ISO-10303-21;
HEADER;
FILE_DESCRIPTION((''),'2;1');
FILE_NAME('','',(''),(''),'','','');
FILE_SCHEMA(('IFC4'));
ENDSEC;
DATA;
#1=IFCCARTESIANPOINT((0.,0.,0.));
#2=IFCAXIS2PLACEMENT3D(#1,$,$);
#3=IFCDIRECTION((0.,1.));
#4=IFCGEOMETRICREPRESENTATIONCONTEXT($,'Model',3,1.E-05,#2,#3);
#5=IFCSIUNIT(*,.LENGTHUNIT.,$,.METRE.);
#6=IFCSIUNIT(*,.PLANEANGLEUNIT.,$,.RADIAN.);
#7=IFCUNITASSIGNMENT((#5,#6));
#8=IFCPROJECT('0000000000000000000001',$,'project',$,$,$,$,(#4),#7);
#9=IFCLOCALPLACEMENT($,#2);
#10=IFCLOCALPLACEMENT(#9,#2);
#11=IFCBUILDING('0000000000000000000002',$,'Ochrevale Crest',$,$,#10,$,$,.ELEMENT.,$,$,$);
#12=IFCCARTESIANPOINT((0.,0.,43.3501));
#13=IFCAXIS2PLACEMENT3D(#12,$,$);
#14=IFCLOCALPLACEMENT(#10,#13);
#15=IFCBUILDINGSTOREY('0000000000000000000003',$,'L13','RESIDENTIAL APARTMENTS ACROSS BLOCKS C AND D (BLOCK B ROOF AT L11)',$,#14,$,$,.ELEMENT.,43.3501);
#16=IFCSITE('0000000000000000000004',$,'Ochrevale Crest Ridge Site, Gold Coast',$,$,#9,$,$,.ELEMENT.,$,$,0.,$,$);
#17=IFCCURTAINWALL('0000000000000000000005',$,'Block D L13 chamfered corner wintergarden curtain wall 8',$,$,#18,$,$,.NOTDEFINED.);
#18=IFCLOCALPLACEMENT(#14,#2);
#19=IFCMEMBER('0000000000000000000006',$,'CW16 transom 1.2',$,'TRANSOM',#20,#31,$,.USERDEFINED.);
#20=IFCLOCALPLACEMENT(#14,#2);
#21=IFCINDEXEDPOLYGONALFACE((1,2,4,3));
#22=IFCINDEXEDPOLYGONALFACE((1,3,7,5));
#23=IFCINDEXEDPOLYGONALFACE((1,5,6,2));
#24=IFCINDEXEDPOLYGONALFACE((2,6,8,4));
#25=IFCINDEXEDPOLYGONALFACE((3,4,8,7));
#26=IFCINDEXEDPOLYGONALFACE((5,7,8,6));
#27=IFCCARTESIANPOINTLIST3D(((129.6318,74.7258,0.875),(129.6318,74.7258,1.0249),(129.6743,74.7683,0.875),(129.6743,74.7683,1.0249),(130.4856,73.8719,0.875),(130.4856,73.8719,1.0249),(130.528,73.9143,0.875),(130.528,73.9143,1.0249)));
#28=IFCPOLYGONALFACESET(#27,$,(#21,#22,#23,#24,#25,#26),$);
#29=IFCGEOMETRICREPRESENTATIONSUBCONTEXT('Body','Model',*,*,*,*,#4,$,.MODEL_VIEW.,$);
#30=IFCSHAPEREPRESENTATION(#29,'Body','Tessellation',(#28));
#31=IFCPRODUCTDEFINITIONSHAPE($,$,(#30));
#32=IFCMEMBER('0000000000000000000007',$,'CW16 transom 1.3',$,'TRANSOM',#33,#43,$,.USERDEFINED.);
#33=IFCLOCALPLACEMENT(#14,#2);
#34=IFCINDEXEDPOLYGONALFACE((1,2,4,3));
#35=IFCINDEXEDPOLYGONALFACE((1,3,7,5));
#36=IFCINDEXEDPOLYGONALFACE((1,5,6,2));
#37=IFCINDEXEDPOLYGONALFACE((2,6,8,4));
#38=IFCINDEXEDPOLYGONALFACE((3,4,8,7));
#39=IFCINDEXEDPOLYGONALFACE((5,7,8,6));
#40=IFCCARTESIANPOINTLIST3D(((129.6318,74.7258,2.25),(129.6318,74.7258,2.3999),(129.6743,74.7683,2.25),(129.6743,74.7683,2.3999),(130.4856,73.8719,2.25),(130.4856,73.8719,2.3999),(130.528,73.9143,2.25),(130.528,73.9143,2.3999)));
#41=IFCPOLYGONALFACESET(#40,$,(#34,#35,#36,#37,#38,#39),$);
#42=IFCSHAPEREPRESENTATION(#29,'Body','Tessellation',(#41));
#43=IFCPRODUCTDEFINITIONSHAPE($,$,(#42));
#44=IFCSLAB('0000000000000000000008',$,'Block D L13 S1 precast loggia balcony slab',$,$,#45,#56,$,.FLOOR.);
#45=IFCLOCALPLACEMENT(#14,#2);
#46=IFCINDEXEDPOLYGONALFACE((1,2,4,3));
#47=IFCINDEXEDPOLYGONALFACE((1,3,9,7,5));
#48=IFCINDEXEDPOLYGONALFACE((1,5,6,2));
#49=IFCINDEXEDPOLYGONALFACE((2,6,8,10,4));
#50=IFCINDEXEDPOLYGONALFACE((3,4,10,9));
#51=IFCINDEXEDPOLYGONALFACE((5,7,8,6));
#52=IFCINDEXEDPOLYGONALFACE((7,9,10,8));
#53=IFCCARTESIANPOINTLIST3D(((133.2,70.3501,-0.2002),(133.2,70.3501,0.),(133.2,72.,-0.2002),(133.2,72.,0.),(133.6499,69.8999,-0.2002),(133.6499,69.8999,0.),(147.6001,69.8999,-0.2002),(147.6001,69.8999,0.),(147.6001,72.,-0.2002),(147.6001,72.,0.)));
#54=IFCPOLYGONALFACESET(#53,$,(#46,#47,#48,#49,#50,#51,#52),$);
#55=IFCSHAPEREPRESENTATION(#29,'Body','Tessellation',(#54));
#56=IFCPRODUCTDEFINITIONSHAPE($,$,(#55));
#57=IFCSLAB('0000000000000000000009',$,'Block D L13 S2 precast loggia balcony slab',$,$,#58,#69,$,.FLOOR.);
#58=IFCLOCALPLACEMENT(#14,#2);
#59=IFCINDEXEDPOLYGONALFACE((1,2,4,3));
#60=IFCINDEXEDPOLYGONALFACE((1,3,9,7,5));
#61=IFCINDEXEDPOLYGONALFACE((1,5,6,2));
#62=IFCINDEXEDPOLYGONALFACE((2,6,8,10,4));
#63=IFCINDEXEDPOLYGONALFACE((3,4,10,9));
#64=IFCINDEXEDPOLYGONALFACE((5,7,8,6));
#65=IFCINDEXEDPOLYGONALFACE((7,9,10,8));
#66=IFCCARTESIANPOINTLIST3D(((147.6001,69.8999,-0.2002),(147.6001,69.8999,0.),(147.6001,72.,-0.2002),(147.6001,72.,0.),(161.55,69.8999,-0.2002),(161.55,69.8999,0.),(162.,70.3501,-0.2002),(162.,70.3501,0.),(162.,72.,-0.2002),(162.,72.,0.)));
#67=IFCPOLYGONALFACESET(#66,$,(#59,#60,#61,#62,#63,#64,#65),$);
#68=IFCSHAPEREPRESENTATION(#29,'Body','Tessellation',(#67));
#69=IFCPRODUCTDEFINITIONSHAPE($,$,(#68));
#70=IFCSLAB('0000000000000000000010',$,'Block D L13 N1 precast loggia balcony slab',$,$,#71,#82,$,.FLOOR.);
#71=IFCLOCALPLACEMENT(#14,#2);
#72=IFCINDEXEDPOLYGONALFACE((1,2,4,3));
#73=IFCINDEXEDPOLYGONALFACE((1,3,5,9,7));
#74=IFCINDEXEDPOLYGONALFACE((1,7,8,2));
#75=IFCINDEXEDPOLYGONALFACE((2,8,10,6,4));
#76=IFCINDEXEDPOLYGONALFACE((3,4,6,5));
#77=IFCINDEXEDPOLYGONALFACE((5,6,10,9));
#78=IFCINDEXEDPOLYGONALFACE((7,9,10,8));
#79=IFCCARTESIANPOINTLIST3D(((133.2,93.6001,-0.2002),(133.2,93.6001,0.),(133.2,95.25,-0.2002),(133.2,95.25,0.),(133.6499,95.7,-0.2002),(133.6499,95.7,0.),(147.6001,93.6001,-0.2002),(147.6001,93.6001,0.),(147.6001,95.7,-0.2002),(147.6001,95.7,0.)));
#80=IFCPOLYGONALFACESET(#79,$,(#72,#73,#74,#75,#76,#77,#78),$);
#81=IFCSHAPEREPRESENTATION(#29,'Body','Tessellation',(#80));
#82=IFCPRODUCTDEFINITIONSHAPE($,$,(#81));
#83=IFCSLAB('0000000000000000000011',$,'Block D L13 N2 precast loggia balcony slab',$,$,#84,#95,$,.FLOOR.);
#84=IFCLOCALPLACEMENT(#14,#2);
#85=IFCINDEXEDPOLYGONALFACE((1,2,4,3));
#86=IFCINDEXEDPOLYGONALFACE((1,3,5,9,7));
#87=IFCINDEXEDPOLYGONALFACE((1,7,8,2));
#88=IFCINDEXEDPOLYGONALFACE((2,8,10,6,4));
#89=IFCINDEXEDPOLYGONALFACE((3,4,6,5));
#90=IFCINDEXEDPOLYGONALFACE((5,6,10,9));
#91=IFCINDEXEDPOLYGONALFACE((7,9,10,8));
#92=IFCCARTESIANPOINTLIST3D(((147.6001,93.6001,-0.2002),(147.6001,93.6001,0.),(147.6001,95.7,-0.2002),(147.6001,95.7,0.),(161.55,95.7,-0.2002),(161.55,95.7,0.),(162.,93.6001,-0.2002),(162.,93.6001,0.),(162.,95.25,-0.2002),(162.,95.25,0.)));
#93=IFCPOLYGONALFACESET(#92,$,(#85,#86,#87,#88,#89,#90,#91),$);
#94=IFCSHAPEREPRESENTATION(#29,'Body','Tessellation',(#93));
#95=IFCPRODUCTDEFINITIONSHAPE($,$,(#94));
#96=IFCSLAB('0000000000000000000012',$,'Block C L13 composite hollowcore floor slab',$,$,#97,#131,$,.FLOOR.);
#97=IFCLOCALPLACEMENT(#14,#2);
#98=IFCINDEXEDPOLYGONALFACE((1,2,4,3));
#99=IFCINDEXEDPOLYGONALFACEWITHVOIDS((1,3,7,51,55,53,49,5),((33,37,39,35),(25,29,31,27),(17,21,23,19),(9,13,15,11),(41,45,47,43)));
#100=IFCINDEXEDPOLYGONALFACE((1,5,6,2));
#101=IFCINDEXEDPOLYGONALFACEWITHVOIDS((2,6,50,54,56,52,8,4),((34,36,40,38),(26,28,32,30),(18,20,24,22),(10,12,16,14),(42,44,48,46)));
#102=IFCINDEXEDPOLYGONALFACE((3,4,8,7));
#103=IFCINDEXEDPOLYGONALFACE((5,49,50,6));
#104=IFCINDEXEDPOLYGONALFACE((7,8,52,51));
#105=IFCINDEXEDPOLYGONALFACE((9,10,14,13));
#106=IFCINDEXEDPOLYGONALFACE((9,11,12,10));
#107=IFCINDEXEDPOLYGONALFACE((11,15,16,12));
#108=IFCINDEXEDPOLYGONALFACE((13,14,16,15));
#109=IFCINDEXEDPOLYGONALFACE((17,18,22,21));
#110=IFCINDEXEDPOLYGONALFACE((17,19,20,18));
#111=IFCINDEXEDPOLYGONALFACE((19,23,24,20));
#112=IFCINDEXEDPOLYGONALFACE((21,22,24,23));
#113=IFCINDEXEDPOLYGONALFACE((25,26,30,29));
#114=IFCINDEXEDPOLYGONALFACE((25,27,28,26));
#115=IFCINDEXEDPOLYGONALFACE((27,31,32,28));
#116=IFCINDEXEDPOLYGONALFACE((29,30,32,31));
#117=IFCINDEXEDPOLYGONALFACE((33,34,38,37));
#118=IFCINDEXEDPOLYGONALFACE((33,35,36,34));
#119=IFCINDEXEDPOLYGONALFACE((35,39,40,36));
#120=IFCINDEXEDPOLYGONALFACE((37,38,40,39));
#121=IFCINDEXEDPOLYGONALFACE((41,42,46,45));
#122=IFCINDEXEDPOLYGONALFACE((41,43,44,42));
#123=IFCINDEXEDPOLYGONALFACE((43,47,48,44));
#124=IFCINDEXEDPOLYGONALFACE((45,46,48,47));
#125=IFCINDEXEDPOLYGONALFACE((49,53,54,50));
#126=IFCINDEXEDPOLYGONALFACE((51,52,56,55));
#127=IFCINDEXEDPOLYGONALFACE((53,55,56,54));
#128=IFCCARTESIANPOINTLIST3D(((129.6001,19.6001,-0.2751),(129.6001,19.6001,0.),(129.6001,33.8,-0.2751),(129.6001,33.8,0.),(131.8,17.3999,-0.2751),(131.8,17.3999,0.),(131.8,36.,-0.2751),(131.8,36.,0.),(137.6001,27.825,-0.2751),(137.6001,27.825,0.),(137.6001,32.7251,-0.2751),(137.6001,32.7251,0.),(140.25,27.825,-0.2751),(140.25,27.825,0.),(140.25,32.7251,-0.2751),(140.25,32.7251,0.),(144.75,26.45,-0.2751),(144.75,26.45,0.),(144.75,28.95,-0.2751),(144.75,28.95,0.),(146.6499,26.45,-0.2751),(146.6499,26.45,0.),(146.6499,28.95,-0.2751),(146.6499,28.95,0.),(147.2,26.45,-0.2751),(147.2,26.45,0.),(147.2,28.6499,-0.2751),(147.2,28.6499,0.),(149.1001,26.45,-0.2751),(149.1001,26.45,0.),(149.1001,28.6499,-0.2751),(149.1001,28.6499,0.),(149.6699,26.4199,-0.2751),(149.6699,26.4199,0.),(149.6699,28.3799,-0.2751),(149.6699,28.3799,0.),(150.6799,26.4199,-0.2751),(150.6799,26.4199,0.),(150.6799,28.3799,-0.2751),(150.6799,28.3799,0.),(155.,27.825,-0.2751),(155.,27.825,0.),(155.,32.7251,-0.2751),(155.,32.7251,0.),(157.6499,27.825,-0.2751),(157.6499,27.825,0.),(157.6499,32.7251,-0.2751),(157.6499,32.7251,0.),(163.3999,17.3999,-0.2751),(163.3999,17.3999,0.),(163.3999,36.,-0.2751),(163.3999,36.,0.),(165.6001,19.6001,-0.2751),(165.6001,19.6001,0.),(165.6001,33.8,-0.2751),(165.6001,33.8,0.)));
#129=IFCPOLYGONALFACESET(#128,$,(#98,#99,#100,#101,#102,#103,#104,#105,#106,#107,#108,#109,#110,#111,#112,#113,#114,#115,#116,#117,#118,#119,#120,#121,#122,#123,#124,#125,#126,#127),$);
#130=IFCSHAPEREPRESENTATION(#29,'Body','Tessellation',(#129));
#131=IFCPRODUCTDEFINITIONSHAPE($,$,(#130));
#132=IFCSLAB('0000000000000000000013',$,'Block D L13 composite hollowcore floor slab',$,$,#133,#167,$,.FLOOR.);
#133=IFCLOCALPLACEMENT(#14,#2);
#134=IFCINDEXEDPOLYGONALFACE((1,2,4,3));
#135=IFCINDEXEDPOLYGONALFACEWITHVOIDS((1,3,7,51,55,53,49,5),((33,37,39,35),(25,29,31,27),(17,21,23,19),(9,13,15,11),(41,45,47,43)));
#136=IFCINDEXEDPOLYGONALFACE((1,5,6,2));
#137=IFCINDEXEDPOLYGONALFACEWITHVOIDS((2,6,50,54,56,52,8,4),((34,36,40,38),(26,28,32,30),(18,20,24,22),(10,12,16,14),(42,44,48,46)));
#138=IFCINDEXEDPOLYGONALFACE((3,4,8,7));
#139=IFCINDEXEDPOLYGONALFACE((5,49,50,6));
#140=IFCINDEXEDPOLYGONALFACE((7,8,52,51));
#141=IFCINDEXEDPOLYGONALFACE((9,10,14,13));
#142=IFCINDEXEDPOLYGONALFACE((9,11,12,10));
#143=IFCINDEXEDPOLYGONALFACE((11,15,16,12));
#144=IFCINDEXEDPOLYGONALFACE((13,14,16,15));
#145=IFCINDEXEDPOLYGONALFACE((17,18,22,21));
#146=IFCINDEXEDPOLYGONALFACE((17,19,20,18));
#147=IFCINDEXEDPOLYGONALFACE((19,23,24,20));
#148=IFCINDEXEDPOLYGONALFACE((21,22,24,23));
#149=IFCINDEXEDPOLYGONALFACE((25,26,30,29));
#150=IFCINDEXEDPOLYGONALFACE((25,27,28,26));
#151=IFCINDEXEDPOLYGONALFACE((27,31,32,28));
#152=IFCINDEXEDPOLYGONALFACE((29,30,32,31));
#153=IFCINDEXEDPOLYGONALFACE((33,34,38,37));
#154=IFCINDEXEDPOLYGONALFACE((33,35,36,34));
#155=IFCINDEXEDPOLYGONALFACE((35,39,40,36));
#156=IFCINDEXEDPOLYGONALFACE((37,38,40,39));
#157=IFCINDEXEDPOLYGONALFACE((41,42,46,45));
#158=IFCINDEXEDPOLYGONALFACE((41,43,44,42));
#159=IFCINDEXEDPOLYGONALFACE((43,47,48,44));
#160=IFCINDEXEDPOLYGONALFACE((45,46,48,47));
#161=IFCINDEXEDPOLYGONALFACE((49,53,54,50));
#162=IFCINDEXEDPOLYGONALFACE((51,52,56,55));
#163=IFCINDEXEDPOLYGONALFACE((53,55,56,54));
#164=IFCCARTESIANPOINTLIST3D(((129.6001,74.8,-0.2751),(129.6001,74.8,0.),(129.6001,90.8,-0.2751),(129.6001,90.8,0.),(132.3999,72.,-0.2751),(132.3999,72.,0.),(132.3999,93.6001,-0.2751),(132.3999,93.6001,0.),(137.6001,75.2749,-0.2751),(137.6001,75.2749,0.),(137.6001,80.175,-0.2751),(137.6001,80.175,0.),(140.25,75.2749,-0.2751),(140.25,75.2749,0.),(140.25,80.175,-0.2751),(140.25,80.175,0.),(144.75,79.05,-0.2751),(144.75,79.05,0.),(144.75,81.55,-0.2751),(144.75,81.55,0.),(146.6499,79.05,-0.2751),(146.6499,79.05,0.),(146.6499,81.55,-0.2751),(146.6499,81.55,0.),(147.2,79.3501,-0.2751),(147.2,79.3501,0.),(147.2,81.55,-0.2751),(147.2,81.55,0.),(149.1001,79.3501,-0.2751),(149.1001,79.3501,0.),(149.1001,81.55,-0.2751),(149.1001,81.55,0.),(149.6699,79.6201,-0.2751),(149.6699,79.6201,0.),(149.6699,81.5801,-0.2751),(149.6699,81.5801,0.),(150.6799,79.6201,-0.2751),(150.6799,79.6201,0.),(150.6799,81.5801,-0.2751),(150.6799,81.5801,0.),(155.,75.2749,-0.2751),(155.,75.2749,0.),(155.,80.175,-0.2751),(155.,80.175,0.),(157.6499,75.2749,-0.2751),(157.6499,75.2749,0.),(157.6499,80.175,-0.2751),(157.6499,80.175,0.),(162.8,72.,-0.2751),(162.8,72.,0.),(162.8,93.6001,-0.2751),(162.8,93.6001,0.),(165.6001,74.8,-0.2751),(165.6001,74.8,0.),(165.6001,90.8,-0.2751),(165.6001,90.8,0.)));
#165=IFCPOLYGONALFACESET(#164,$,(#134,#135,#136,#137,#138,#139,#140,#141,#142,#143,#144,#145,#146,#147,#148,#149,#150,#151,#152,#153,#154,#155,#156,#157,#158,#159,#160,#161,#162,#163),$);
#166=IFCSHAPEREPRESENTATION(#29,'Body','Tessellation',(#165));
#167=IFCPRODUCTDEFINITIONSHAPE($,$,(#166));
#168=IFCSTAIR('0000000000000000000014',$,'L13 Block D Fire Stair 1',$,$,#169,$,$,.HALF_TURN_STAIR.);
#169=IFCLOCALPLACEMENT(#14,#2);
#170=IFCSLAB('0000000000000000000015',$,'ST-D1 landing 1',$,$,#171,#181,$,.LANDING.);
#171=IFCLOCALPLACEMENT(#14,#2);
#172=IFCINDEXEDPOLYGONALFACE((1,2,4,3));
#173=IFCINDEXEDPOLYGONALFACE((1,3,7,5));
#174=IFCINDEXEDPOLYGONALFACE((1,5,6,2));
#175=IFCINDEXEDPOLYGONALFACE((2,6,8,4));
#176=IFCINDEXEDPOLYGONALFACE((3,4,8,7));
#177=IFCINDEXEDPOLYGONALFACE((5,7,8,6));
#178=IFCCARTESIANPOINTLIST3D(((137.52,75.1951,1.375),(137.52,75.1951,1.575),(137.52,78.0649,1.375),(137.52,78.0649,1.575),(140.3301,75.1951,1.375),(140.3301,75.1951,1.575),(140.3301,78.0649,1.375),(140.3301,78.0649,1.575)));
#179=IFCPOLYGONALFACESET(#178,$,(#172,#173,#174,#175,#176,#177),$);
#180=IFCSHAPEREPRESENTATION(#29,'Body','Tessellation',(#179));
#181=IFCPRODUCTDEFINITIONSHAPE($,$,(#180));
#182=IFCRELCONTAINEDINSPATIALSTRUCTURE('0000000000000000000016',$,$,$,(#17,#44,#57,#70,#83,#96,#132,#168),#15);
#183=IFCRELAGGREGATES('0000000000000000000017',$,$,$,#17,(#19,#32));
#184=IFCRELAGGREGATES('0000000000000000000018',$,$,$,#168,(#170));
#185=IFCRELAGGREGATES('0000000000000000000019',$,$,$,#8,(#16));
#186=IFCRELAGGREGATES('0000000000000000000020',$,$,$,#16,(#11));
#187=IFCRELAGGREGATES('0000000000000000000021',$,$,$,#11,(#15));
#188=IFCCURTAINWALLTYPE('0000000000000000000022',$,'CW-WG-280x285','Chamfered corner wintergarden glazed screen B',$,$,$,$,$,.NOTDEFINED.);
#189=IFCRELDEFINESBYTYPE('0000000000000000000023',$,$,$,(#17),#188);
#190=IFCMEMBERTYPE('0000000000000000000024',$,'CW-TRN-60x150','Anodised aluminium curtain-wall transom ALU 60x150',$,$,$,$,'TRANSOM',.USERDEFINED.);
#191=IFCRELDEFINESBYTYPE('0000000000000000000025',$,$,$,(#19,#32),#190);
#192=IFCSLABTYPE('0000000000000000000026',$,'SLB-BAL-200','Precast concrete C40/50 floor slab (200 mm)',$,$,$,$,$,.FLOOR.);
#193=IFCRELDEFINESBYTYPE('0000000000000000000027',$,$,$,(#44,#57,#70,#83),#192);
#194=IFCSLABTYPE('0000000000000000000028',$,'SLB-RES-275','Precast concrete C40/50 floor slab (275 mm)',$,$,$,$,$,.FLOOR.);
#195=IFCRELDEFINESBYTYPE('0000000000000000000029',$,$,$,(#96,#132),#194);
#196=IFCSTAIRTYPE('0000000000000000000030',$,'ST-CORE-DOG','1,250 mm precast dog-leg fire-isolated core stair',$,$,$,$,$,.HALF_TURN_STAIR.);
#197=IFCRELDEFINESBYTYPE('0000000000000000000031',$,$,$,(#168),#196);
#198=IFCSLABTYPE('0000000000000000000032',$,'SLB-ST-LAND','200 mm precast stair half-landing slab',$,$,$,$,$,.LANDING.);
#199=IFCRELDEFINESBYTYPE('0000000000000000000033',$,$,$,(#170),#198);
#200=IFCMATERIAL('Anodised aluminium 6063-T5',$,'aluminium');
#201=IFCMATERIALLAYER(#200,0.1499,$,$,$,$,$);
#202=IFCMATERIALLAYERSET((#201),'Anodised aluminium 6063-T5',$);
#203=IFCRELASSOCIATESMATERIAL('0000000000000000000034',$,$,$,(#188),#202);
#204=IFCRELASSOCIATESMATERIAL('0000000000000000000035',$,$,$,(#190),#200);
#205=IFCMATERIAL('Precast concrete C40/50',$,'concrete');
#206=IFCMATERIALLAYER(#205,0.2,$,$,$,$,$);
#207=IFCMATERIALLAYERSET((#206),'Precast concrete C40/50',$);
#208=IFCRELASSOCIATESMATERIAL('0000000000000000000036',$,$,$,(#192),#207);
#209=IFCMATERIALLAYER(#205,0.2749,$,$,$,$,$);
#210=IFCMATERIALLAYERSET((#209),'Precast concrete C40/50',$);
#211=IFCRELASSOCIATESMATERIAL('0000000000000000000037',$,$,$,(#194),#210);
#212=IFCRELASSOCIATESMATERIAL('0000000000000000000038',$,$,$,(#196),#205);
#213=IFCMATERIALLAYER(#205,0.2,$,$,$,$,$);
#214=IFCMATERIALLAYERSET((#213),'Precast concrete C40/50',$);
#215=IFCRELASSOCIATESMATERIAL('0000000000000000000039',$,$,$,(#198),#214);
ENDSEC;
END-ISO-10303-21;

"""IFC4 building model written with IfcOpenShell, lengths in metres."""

from ifc_helpers import new_model, si_unit, direction, frame, origin, origin_2d, place, context, subcontext, project, spatial, polyline, rectangle, outline, extrude, material, layer, layer_set, material_profile, profile_set, type_object, element, aggregate, save


model = new_model("IFC4")

# Units and contexts
model_context = context("Model", 3, precision=1e-05, world=origin(), true_north=direction((0.0, 1.0)))
body_context = subcontext(model_context, "Body", "Model", "MODEL_VIEW")
ifc_project = project(units=[si_unit("LENGTHUNIT", "METRE"), si_unit("PLANEANGLEUNIT", "RADIAN")], contexts=[model_context])

# Site, building, storey
site_placement = place(None, origin())
site = spatial("IfcSite", under=ifc_project, at=site_placement, Name="Ochrevale Crest Ridge Site, Gold Coast", CompositionType="ELEMENT", RefElevation=0.0)
building_placement = place(site_placement, origin())
building = spatial("IfcBuilding", under=site, at=building_placement, Name="Ochrevale Crest", CompositionType="ELEMENT")
storey_placement = place(building_placement, frame((0.0, 0.0, 43.3501)))
storey = spatial("IfcBuildingStorey", under=building, at=storey_placement, Name="L13", Description="RESIDENTIAL APARTMENTS ACROSS BLOCKS C AND D (BLOCK B ROOF AT L11)", CompositionType="ELEMENT", Elevation=43.3501)

# Shared definitions
ifc_material_1 = material(Name="Precast concrete C40/50", Category="concrete")

# Curtain wall
ifc_material_2 = material(Name="Anodised aluminium 6063-T5", Category="aluminium")
ifc_layer_1 = layer(ifc_material_2, 0.1499)
ifc_layer_set_1 = layer_set([ifc_layer_1], Name="Anodised aluminium 6063-T5")
curtain_wall_type_1 = type_object("IfcCurtainWallType", Name="CW-WG-280x285", Description="Chamfered corner wintergarden glazed screen B", PredefinedType="NOTDEFINED", material=ifc_layer_set_1)
curtain_wall_1_placement = place(storey_placement, origin())
curtain_wall_1 = element("IfcCurtainWall", 1, at=curtain_wall_1_placement, inside=storey, type_object=curtain_wall_type_1, Name="Block D L13 chamfered corner wintergarden curtain wall 8", PredefinedType="NOTDEFINED")

# Members
ifc_material_profile_1 = material_profile(ifc_material_2, rectangle(XDim=0.0601, YDim=0.1499, at=origin_2d()), Name="ALU 60x150")
ifc_profile_set_1 = profile_set([ifc_material_profile_1], Name="Anodised aluminium 6063-T5")
member_type_1 = type_object("IfcMemberType", Name="CW-TRN-60x150", Description="Anodised aluminium curtain-wall transom ALU 60x150", ElementType="TRANSOM", PredefinedType="USERDEFINED", material=ifc_profile_set_1)
member_1_placement = place(storey_placement, frame((129.6531, 74.7471, 0.95), z_axis=(0.707006, -0.707208, 0.0), x_axis=(0.707208, 0.707006, 0.0)))
member_1 = element("IfcMember", 2, at=member_1_placement, type_object=member_type_1, Name="CW16 transom 1.2", ObjectType="TRANSOM", PredefinedType="USERDEFINED", context=body_context, shape_type="SweptSolid", body=[
    extrude(rectangle(XDim=0.0601, YDim=0.1499, at=origin_2d()), origin(), (0.0, 0.0, 1.0), 1.2075),
])
member_2_placement = place(storey_placement, frame((129.6531, 74.7471, 2.325), z_axis=(0.707006, -0.707208, 0.0), x_axis=(0.707208, 0.707006, 0.0)))
member_2 = element("IfcMember", 3, at=member_2_placement, type_object=member_type_1, Name="CW16 transom 1.3", ObjectType="TRANSOM", PredefinedType="USERDEFINED", context=body_context, shape_type="SweptSolid", body=[
    extrude(rectangle(XDim=0.0601, YDim=0.1499, at=origin_2d()), origin(), (0.0, 0.0, 1.0), 1.2075),
])
aggregate(curtain_wall_1, [member_1, member_2])

# Slabs
ifc_layer_2 = layer(ifc_material_1, 0.2)
ifc_layer_set_2 = layer_set([ifc_layer_2], Name="Precast concrete C40/50")
slab_type_1 = type_object("IfcSlabType", Name="SLB-BAL-200", Description="Precast concrete C40/50 floor slab (200 mm)", PredefinedType="FLOOR", material=ifc_layer_set_2)
slab_1_placement = place(storey_placement, frame((0.0, 0.0, -0.2002)))
element("IfcSlab", 4, at=slab_1_placement, inside=storey, type_object=slab_type_1, Name="Block D L13 S1 precast loggia balcony slab", PredefinedType="FLOOR", context=body_context, shape_type="SweptSolid", body=[
    extrude(outline(polyline([(133.6499, 69.8999), (147.6001, 69.8999), (147.6001, 72.0), (133.2, 72.0), (133.2, 70.3501), (133.6499, 69.8999)])), origin(), (0.0, 0.0, 1.0), 0.2002),
])
slab_2_placement = place(storey_placement, frame((0.0, 0.0, -0.2002)))
element("IfcSlab", 5, at=slab_2_placement, inside=storey, type_object=slab_type_1, Name="Block D L13 S2 precast loggia balcony slab", PredefinedType="FLOOR", context=body_context, shape_type="SweptSolid", body=[
    extrude(outline(polyline([(147.6001, 69.8999), (161.55, 69.8999), (162.0, 70.3501), (162.0, 72.0), (147.6001, 72.0), (147.6001, 69.8999)])), origin(), (0.0, 0.0, 1.0), 0.2002),
])
slab_3_placement = place(storey_placement, frame((0.0, 0.0, -0.2002)))
element("IfcSlab", 6, at=slab_3_placement, inside=storey, type_object=slab_type_1, Name="Block D L13 N1 precast loggia balcony slab", PredefinedType="FLOOR", context=body_context, shape_type="SweptSolid", body=[
    extrude(outline(polyline([(133.2, 93.6001), (147.6001, 93.6001), (147.6001, 95.7), (133.6499, 95.7), (133.2, 95.25), (133.2, 93.6001)])), origin(), (0.0, 0.0, 1.0), 0.2002),
])
slab_4_placement = place(storey_placement, frame((0.0, 0.0, -0.2002)))
element("IfcSlab", 7, at=slab_4_placement, inside=storey, type_object=slab_type_1, Name="Block D L13 N2 precast loggia balcony slab", PredefinedType="FLOOR", context=body_context, shape_type="SweptSolid", body=[
    extrude(outline(polyline([(147.6001, 93.6001), (162.0, 93.6001), (162.0, 95.25), (161.55, 95.7), (147.6001, 95.7), (147.6001, 93.6001)])), origin(), (0.0, 0.0, 1.0), 0.2002),
])
ifc_layer_3 = layer(ifc_material_1, 0.2749)
ifc_layer_set_3 = layer_set([ifc_layer_3], Name="Precast concrete C40/50")
slab_type_2 = type_object("IfcSlabType", Name="SLB-RES-275", Description="Precast concrete C40/50 floor slab (275 mm)", PredefinedType="FLOOR", material=ifc_layer_set_3)
slab_5_placement = place(storey_placement, frame((0.0, 0.0, -0.2751)))
element("IfcSlab", 8, at=slab_5_placement, inside=storey, type_object=slab_type_2, Name="Block C L13 composite hollowcore floor slab", PredefinedType="FLOOR", context=body_context, shape_type="SweptSolid", body=[
    extrude(outline(polyline([(131.8, 17.3999), (163.3999, 17.3999), (165.6001, 19.6001), (165.6001, 33.8), (163.3999, 36.0), (131.8, 36.0), (129.6001, 33.8), (129.6001, 19.6001), (131.8, 17.3999)]), holes=[polyline([(140.25, 27.825), (140.25, 32.7251), (137.6001, 32.7251), (137.6001, 27.825), (140.25, 27.825)]), polyline([(157.6499, 27.825), (157.6499, 32.7251), (155.0, 32.7251), (155.0, 27.825), (157.6499, 27.825)]), polyline([(144.75, 26.45), (146.6499, 26.45), (146.6499, 28.95), (144.75, 28.95), (144.75, 26.45)]), polyline([(147.2, 26.45), (149.1001, 26.45), (149.1001, 28.6499), (147.2, 28.6499), (147.2, 26.45)]), polyline([(149.6699, 26.4199), (150.6799, 26.4199), (150.6799, 28.3799), (149.6699, 28.3799), (149.6699, 26.4199)])]), origin(), (0.0, 0.0, 1.0), 0.2751),
])
slab_6_placement = place(storey_placement, frame((0.0, 0.0, -0.2751)))
element("IfcSlab", 9, at=slab_6_placement, inside=storey, type_object=slab_type_2, Name="Block D L13 composite hollowcore floor slab", PredefinedType="FLOOR", context=body_context, shape_type="SweptSolid", body=[
    extrude(outline(polyline([(132.3999, 72.0), (162.8, 72.0), (165.6001, 74.8), (165.6001, 90.8), (162.8, 93.6001), (132.3999, 93.6001), (129.6001, 90.8), (129.6001, 74.8), (132.3999, 72.0)]), holes=[polyline([(137.6001, 80.175), (137.6001, 75.2749), (140.25, 75.2749), (140.25, 80.175), (137.6001, 80.175)]), polyline([(155.0, 80.175), (155.0, 75.2749), (157.6499, 75.2749), (157.6499, 80.175), (155.0, 80.175)]), polyline([(144.75, 79.05), (146.6499, 79.05), (146.6499, 81.55), (144.75, 81.55), (144.75, 79.05)]), polyline([(147.2, 79.3501), (149.1001, 79.3501), (149.1001, 81.55), (147.2, 81.55), (147.2, 79.3501)]), polyline([(149.6699, 79.6201), (150.6799, 79.6201), (150.6799, 81.5801), (149.6699, 81.5801), (149.6699, 79.6201)])]), origin(), (0.0, 0.0, 1.0), 0.2751),
])

# Stair, slab
stair_type = type_object("IfcStairType", Name="ST-CORE-DOG", Description="1,250 mm precast dog-leg fire-isolated core stair", PredefinedType="HALF_TURN_STAIR", material=ifc_material_1)
stair_1_placement = place(storey_placement, origin())
stair_1 = element("IfcStair", 10, at=stair_1_placement, inside=storey, type_object=stair_type, Name="L13 Block D Fire Stair 1", PredefinedType="HALF_TURN_STAIR")
ifc_layer_4 = layer(ifc_material_1, 0.2)
ifc_layer_set_4 = layer_set([ifc_layer_4], Name="Precast concrete C40/50")
slab_type_3 = type_object("IfcSlabType", Name="SLB-ST-LAND", Description="200 mm precast stair half-landing slab", PredefinedType="LANDING", material=ifc_layer_set_4)
slab_7_placement = place(storey_placement, frame((0.0, 0.0, 1.375)))
slab_7 = element("IfcSlab", 11, at=slab_7_placement, type_object=slab_type_3, Name="ST-D1 landing 1", PredefinedType="LANDING", context=body_context, shape_type="SweptSolid", body=[
    extrude(outline(polyline([(137.52, 78.0649), (137.52, 75.1951), (140.3301, 75.1951), (140.3301, 78.0649), (137.52, 78.0649)])), origin(), (0.0, 0.0, 1.0), 0.2),
])
aggregate(stair_1, [slab_7])

save(model, "model.ifc")
